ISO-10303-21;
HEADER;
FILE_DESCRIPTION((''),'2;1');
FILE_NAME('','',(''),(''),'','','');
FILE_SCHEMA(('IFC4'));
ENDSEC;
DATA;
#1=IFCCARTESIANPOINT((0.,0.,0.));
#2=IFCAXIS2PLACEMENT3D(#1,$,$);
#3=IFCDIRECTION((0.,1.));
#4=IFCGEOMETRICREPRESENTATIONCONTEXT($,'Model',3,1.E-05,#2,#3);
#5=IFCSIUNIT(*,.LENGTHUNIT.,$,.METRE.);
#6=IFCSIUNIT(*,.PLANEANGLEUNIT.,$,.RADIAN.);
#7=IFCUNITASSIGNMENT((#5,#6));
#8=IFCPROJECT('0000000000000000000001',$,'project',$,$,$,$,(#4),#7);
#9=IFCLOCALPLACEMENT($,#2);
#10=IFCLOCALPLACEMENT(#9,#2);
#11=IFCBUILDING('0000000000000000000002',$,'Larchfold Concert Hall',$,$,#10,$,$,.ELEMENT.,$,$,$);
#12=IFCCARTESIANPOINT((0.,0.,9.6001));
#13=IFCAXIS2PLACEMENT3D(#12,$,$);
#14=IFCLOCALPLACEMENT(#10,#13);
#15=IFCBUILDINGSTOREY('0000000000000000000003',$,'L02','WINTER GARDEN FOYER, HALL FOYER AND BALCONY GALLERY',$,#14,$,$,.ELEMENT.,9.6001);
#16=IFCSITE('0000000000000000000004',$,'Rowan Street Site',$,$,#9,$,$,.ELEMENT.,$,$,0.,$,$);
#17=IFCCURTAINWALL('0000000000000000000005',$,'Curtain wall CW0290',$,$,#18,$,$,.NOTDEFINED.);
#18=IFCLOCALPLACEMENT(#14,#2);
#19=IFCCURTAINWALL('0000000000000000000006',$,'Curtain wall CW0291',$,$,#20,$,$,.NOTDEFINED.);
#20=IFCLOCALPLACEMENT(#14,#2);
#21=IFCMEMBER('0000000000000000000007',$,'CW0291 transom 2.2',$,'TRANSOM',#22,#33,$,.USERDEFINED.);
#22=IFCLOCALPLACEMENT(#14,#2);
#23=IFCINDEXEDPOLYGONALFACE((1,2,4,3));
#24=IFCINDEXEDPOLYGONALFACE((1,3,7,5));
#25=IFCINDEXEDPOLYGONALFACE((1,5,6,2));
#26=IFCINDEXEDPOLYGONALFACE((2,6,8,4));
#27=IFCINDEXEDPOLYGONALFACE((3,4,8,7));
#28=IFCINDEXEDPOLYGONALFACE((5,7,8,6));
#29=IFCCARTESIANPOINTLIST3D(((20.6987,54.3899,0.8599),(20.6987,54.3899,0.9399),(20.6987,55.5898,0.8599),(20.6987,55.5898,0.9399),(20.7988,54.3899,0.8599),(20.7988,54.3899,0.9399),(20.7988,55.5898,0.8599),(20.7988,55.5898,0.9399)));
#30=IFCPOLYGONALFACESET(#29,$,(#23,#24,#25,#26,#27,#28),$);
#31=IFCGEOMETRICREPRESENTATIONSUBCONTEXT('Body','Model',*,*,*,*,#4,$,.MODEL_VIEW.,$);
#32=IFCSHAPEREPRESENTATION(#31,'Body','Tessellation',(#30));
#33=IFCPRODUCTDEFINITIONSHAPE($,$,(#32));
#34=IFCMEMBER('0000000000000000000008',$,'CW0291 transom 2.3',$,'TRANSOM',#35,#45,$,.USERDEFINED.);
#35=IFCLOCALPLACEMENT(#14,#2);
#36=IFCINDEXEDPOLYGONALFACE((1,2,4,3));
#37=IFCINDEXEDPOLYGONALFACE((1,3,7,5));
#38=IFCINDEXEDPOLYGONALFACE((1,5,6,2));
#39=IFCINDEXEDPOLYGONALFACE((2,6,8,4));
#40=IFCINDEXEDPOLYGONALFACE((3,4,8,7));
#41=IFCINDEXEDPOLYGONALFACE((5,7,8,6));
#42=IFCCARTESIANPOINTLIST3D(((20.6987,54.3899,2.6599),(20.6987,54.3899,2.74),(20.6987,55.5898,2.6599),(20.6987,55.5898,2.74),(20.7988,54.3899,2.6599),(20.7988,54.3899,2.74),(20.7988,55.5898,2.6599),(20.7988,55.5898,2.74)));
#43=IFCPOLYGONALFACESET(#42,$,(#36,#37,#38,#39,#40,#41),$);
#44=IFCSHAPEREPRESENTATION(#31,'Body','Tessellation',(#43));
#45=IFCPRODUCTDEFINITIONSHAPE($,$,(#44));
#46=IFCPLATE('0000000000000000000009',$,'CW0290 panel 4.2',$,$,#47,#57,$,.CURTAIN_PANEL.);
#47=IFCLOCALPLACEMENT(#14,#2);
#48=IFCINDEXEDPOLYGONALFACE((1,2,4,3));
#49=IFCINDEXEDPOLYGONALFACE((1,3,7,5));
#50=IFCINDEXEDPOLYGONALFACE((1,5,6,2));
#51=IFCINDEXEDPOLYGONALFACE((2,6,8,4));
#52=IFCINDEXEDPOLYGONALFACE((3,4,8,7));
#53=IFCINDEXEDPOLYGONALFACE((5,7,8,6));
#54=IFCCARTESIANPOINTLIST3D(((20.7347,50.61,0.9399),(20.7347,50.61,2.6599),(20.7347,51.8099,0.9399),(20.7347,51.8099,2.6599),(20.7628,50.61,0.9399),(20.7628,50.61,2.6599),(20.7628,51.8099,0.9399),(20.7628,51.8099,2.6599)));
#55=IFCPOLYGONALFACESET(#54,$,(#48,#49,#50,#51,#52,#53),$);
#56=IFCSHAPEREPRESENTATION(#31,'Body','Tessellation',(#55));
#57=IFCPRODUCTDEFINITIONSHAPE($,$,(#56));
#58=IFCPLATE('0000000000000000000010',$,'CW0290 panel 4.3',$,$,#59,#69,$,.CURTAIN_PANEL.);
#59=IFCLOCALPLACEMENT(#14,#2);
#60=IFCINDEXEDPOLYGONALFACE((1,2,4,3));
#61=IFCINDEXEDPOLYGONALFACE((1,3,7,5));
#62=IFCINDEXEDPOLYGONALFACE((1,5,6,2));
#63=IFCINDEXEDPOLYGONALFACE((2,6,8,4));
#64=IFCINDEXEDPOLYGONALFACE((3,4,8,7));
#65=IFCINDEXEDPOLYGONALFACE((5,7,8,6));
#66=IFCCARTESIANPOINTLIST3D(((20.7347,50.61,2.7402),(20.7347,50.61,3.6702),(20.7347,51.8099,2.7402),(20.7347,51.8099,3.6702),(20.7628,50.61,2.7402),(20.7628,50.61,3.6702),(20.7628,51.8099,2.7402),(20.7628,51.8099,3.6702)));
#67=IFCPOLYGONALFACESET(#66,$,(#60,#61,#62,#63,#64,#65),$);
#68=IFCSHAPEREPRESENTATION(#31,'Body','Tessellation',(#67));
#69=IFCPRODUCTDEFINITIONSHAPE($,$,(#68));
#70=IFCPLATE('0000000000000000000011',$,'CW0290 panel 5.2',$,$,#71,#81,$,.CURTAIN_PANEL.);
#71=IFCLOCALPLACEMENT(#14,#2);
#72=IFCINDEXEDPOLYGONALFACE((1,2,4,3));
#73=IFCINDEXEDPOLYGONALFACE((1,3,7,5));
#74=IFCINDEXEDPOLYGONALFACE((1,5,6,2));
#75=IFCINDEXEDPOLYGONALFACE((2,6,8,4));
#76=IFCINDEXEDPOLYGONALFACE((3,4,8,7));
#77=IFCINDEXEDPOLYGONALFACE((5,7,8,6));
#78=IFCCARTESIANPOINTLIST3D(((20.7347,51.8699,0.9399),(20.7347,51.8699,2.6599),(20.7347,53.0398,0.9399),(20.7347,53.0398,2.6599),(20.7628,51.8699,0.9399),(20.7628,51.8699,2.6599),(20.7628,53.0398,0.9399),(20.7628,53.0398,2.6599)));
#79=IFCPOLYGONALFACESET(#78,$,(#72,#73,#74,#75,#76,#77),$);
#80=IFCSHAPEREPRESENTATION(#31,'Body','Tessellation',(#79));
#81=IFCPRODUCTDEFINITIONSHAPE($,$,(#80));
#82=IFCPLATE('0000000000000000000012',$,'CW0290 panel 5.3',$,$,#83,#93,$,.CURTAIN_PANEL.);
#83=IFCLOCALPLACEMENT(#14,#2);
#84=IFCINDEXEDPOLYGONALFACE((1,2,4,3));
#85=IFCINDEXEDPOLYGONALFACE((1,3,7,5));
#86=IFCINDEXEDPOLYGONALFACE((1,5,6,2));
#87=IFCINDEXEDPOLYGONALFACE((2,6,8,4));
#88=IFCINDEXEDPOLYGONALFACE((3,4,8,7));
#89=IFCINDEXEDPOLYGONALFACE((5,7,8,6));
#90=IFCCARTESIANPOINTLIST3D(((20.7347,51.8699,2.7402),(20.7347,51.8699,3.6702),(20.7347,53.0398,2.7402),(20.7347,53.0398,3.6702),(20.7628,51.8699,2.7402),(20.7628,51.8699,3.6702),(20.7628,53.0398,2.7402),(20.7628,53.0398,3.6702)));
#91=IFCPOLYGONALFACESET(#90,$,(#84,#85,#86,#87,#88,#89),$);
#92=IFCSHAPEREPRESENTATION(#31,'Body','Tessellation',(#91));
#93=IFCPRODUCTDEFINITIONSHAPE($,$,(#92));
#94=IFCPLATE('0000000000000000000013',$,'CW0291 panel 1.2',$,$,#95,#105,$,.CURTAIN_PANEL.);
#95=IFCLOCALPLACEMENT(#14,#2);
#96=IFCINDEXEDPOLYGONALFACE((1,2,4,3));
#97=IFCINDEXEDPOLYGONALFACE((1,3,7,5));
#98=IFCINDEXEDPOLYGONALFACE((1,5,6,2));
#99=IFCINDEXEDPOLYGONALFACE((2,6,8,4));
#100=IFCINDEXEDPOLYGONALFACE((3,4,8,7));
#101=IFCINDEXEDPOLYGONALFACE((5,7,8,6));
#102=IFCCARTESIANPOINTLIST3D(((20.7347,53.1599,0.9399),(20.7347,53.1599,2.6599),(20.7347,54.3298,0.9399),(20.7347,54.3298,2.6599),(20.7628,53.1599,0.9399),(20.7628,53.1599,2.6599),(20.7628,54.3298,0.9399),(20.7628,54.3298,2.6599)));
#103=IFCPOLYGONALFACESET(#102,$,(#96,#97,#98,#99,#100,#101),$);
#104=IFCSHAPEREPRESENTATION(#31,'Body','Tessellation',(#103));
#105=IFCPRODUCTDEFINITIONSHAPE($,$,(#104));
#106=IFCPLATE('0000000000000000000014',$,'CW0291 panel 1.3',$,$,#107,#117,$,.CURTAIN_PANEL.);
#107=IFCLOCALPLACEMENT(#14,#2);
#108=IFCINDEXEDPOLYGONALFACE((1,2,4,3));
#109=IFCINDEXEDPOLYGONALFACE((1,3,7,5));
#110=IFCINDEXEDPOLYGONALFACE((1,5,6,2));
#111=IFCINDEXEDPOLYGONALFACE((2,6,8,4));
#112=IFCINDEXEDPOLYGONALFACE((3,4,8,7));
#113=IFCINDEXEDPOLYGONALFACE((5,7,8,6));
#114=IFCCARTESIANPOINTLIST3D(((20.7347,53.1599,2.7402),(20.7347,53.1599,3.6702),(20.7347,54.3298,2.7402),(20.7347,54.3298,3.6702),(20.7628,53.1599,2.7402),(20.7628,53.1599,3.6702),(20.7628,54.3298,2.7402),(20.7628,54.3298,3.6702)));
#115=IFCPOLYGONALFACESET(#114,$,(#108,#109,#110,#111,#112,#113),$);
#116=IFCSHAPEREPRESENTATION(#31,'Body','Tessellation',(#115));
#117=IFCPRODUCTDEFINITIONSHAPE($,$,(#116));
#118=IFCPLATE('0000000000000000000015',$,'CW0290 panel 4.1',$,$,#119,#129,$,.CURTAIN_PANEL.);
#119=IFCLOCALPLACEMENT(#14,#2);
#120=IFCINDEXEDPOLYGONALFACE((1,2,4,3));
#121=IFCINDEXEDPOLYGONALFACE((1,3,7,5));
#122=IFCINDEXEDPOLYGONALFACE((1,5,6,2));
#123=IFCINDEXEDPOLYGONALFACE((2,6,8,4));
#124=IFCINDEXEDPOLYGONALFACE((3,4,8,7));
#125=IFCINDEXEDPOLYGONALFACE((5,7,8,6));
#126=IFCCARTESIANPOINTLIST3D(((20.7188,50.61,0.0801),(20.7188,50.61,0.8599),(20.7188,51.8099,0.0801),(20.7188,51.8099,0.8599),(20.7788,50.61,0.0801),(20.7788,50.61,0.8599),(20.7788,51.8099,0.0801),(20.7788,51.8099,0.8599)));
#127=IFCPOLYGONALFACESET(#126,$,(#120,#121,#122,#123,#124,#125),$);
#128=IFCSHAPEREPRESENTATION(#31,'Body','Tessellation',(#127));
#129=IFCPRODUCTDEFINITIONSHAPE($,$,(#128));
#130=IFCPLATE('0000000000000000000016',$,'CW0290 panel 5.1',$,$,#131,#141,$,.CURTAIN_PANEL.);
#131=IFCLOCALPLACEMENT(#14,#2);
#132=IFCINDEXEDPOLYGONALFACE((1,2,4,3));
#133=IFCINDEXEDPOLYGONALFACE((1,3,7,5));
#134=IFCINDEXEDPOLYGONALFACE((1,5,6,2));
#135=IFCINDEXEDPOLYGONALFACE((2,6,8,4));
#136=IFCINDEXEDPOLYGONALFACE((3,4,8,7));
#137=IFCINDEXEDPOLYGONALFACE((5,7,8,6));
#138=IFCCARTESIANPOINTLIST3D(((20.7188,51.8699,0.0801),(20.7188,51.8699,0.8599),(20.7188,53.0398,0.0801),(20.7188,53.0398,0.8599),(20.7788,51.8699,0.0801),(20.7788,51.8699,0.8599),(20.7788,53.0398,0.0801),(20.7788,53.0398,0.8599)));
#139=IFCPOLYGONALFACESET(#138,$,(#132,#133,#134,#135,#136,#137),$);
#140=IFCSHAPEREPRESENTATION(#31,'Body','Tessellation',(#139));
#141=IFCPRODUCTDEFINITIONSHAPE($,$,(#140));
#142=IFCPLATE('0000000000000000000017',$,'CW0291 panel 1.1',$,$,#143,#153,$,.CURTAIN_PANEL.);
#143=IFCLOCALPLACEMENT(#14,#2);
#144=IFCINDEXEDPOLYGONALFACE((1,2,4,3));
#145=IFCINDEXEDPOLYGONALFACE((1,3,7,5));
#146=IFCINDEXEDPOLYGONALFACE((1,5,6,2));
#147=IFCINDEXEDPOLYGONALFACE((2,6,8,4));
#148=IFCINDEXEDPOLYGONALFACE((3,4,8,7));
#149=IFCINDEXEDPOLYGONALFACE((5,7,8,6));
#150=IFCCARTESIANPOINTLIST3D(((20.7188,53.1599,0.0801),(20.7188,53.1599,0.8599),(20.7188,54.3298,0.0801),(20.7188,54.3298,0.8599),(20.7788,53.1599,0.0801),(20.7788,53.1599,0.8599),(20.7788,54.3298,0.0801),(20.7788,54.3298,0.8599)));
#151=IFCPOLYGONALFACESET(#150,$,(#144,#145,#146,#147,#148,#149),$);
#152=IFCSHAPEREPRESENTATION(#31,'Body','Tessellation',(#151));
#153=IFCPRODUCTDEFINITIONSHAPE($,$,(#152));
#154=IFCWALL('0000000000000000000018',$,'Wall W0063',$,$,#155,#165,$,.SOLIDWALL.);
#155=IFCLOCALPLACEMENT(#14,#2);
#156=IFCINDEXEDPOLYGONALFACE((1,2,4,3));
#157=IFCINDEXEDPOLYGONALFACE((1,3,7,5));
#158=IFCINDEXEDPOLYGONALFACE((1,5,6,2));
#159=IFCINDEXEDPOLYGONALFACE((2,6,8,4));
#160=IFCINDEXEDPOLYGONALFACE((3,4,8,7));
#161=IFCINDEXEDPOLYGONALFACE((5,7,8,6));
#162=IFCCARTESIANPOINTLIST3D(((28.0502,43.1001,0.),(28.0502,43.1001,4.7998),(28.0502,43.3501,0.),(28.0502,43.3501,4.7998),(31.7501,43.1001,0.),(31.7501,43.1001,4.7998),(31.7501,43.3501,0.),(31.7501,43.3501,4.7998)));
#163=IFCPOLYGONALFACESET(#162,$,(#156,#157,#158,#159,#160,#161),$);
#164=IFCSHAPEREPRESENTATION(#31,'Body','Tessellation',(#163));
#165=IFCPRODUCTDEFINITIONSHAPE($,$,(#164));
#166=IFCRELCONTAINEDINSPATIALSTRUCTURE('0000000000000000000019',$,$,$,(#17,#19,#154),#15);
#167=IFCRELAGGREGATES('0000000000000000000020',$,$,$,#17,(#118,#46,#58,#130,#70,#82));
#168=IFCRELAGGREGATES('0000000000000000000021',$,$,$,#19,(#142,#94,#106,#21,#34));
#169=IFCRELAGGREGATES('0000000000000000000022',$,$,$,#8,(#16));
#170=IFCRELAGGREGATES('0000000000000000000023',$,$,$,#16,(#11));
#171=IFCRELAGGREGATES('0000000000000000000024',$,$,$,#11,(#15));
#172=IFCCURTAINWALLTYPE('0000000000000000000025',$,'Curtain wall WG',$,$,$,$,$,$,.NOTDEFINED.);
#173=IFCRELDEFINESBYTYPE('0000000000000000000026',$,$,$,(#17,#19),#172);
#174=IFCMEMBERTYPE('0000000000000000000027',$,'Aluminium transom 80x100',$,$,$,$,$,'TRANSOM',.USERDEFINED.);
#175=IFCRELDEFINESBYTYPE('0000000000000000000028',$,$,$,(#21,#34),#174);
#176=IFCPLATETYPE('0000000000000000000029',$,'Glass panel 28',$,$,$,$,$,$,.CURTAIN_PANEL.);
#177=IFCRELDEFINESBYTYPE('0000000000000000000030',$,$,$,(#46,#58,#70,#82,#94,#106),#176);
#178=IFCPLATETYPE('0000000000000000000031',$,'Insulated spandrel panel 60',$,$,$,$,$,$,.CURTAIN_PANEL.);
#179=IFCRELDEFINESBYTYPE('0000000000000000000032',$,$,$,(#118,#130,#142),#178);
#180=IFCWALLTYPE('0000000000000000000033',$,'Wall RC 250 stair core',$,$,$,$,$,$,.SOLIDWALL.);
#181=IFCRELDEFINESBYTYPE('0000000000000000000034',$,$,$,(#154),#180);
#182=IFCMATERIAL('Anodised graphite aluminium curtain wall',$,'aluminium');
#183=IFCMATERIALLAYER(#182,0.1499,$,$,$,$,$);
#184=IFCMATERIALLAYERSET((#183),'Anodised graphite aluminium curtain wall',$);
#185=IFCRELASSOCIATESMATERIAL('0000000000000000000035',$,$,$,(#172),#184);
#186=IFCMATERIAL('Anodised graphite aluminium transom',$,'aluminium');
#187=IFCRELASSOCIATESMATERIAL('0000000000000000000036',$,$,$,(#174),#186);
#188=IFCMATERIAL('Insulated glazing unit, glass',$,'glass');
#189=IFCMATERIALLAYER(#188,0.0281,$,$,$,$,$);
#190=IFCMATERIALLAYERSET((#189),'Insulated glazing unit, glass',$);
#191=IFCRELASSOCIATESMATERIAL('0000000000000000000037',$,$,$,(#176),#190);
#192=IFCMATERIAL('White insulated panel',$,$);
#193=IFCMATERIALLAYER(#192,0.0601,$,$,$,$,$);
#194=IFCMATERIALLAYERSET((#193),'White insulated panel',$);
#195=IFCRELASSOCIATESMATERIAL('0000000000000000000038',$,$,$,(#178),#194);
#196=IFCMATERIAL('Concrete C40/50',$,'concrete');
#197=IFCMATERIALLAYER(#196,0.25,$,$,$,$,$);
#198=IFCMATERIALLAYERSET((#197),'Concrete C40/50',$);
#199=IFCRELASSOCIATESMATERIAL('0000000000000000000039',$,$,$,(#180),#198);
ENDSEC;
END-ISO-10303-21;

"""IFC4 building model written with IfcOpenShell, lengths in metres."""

from ifc_helpers import new_model, si_unit, direction, frame, frame_2d, origin, origin_2d, place, context, subcontext, project, spatial, rectangle, extrude, material, layer, layer_set, material_profile, profile_set, type_object, element, aggregate, save


model = new_model("IFC4")

# Units and contexts
model_context = context("Model", 3, precision=1e-05, world=origin(), true_north=direction((0.0, 1.0)))
body_context = subcontext(model_context, "Body", "Model", "MODEL_VIEW")
ifc_project = project(units=[si_unit("LENGTHUNIT", "METRE"), si_unit("PLANEANGLEUNIT", "RADIAN")], contexts=[model_context])

# Site, building, storey
site_placement = place(None, origin())
site = spatial("IfcSite", under=ifc_project, at=site_placement, Name="Rowan Street Site", CompositionType="ELEMENT", RefElevation=0.0)
building_placement = place(site_placement, origin())
building = spatial("IfcBuilding", under=site, at=building_placement, Name="Larchfold Concert Hall", CompositionType="ELEMENT")
storey_placement = place(building_placement, frame((0.0, 0.0, 9.6001)))
storey = spatial("IfcBuildingStorey", under=building, at=storey_placement, Name="L02", Description="WINTER GARDEN FOYER, HALL FOYER AND BALCONY GALLERY", CompositionType="ELEMENT", Elevation=9.6001)

# Curtain walls
ifc_material_1 = material(Name="Anodised graphite aluminium curtain wall", Category="aluminium")
ifc_layer_1 = layer(ifc_material_1, 0.1499)
ifc_layer_set_1 = layer_set([ifc_layer_1], Name="Anodised graphite aluminium curtain wall")
curtain_wall_type = type_object("IfcCurtainWallType", Name="Curtain wall WG", PredefinedType="NOTDEFINED", material=ifc_layer_set_1)
curtain_wall_1_placement = place(storey_placement, origin())
curtain_wall_1 = element("IfcCurtainWall", 1, at=curtain_wall_1_placement, inside=storey, type_object=curtain_wall_type, Name="Curtain wall CW0290", PredefinedType="NOTDEFINED")
curtain_wall_2_placement = place(storey_placement, origin())
curtain_wall_2 = element("IfcCurtainWall", 2, at=curtain_wall_2_placement, inside=storey, type_object=curtain_wall_type, Name="Curtain wall CW0291", PredefinedType="NOTDEFINED")

# Members
ifc_material_2 = material(Name="Anodised graphite aluminium transom", Category="aluminium")
ifc_material_profile_1 = material_profile(ifc_material_2, rectangle(XDim=0.1001, YDim=0.0801, at=origin_2d()))
ifc_profile_set_1 = profile_set([ifc_material_profile_1], Name="Anodised graphite aluminium transom")
member_type_1 = type_object("IfcMemberType", Name="Aluminium transom 80x100", ElementType="TRANSOM", PredefinedType="USERDEFINED", material=ifc_profile_set_1)
member_1_placement = place(storey_placement, frame((20.7488, 54.3899, 0.8999), z_axis=(0.0, 1.0, 0.0), x_axis=(-1.0, 0.0, 0.0)))
member_1 = element("IfcMember", 3, at=member_1_placement, type_object=member_type_1, Name="CW0291 transom 2.2", ObjectType="TRANSOM", PredefinedType="USERDEFINED", context=body_context, shape_type="SweptSolid", body=[
    extrude(rectangle(XDim=0.1001, YDim=0.0801, at=origin_2d()), origin(), (0.0, 0.0, 1.0), 1.2),
])
member_2_placement = place(storey_placement, frame((20.7488, 54.3899, 2.7), z_axis=(0.0, 1.0, 0.0), x_axis=(-1.0, 0.0, 0.0)))
member_2 = element("IfcMember", 4, at=member_2_placement, type_object=member_type_1, Name="CW0291 transom 2.3", ObjectType="TRANSOM", PredefinedType="USERDEFINED", context=body_context, shape_type="SweptSolid", body=[
    extrude(rectangle(XDim=0.1001, YDim=0.0801, at=origin_2d()), origin(), (0.0, 0.0, 1.0), 1.2),
])

# Plates
ifc_material_3 = material(Name="Insulated glazing unit, glass", Category="glass")
ifc_layer_2 = layer(ifc_material_3, 0.0281)
ifc_layer_set_2 = layer_set([ifc_layer_2], Name="Insulated glazing unit, glass")
plate_type_1 = type_object("IfcPlateType", Name="Glass panel 28", PredefinedType="CURTAIN_PANEL", material=ifc_layer_set_2)
plate_1_placement = place(storey_placement, frame((20.7488, 51.21, 0.9399), z_axis=(0.0, 0.0, 1.0), x_axis=(0.0, 1.0, 0.0)))
plate_1 = element("IfcPlate", 5, at=plate_1_placement, type_object=plate_type_1, Name="CW0290 panel 4.2", PredefinedType="CURTAIN_PANEL", context=body_context, shape_type="SweptSolid", body=[
    extrude(rectangle(XDim=1.2, YDim=0.0281, at=origin_2d()), origin(), (0.0, 0.0, 1.0), 1.72),
])
plate_2_placement = place(storey_placement, frame((20.7488, 51.21, 2.7402), z_axis=(0.0, 0.0, 1.0), x_axis=(0.0, 1.0, 0.0)))
plate_2 = element("IfcPlate", 6, at=plate_2_placement, type_object=plate_type_1, Name="CW0290 panel 4.3", PredefinedType="CURTAIN_PANEL", context=body_context, shape_type="SweptSolid", body=[
    extrude(rectangle(XDim=1.2, YDim=0.0281, at=origin_2d()), origin(), (0.0, 0.0, 1.0), 0.9299),
])
plate_3_placement = place(storey_placement, frame((20.7488, 52.4548, 0.9399), z_axis=(0.0, 0.0, 1.0), x_axis=(0.0, 1.0, 0.0)))
plate_3 = element("IfcPlate", 7, at=plate_3_placement, type_object=plate_type_1, Name="CW0290 panel 5.2", PredefinedType="CURTAIN_PANEL", context=body_context, shape_type="SweptSolid", body=[
    extrude(rectangle(XDim=1.1699, YDim=0.0281, at=origin_2d()), origin(), (0.0, 0.0, 1.0), 1.72),
])
plate_4_placement = place(storey_placement, frame((20.7488, 52.4548, 2.7402), z_axis=(0.0, 0.0, 1.0), x_axis=(0.0, 1.0, 0.0)))
plate_4 = element("IfcPlate", 8, at=plate_4_placement, type_object=plate_type_1, Name="CW0290 panel 5.3", PredefinedType="CURTAIN_PANEL", context=body_context, shape_type="SweptSolid", body=[
    extrude(rectangle(XDim=1.1699, YDim=0.0281, at=origin_2d()), origin(), (0.0, 0.0, 1.0), 0.9299),
])
plate_5_placement = place(storey_placement, frame((20.7488, 53.7449, 0.9399), z_axis=(0.0, 0.0, 1.0), x_axis=(0.0, 1.0, 0.0)))
plate_5 = element("IfcPlate", 9, at=plate_5_placement, type_object=plate_type_1, Name="CW0291 panel 1.2", PredefinedType="CURTAIN_PANEL", context=body_context, shape_type="SweptSolid", body=[
    extrude(rectangle(XDim=1.1699, YDim=0.0281, at=origin_2d()), origin(), (0.0, 0.0, 1.0), 1.72),
])
plate_6_placement = place(storey_placement, frame((20.7488, 53.7449, 2.7402), z_axis=(0.0, 0.0, 1.0), x_axis=(0.0, 1.0, 0.0)))
plate_6 = element("IfcPlate", 10, at=plate_6_placement, type_object=plate_type_1, Name="CW0291 panel 1.3", PredefinedType="CURTAIN_PANEL", context=body_context, shape_type="SweptSolid", body=[
    extrude(rectangle(XDim=1.1699, YDim=0.0281, at=origin_2d()), origin(), (0.0, 0.0, 1.0), 0.9299),
])
ifc_material_4 = material(Name="White insulated panel")
ifc_layer_3 = layer(ifc_material_4, 0.0601)
ifc_layer_set_3 = layer_set([ifc_layer_3], Name="White insulated panel")
plate_type_2 = type_object("IfcPlateType", Name="Insulated spandrel panel 60", PredefinedType="CURTAIN_PANEL", material=ifc_layer_set_3)
plate_7_placement = place(storey_placement, frame((20.7488, 51.21, 0.0801), z_axis=(0.0, 0.0, 1.0), x_axis=(0.0, 1.0, 0.0)))
plate_7 = element("IfcPlate", 11, at=plate_7_placement, type_object=plate_type_2, Name="CW0290 panel 4.1", PredefinedType="CURTAIN_PANEL", context=body_context, shape_type="SweptSolid", body=[
    extrude(rectangle(XDim=1.2, YDim=0.0601, at=origin_2d()), origin(), (0.0, 0.0, 1.0), 0.7798),
])
plate_8_placement = place(storey_placement, frame((20.7488, 52.4548, 0.0801), z_axis=(0.0, 0.0, 1.0), x_axis=(0.0, 1.0, 0.0)))
plate_8 = element("IfcPlate", 12, at=plate_8_placement, type_object=plate_type_2, Name="CW0290 panel 5.1", PredefinedType="CURTAIN_PANEL", context=body_context, shape_type="SweptSolid", body=[
    extrude(rectangle(XDim=1.1699, YDim=0.0601, at=origin_2d()), origin(), (0.0, 0.0, 1.0), 0.7798),
])
aggregate(curtain_wall_1, [plate_7, plate_1, plate_2, plate_8, plate_3, plate_4])
plate_9_placement = place(storey_placement, frame((20.7488, 53.7449, 0.0801), z_axis=(0.0, 0.0, 1.0), x_axis=(0.0, 1.0, 0.0)))
plate_9 = element("IfcPlate", 13, at=plate_9_placement, type_object=plate_type_2, Name="CW0291 panel 1.1", PredefinedType="CURTAIN_PANEL", context=body_context, shape_type="SweptSolid", body=[
    extrude(rectangle(XDim=1.1699, YDim=0.0601, at=origin_2d()), origin(), (0.0, 0.0, 1.0), 0.7798),
])
aggregate(curtain_wall_2, [plate_9, plate_5, plate_6, member_1, member_2])

# Wall
ifc_material_5 = material(Name="Concrete C40/50", Category="concrete")
ifc_layer_4 = layer(ifc_material_5, 0.25)
ifc_layer_set_4 = layer_set([ifc_layer_4], Name="Concrete C40/50")
wall_type_1 = type_object("IfcWallType", Name="Wall RC 250 stair core", PredefinedType="SOLIDWALL", material=ifc_layer_set_4)
wall_1_placement = place(storey_placement, frame((28.05, 43.2251, 0.0), z_axis=(0.0, 0.0, 1.0), x_axis=(1.0, 0.0, 0.0)))
element("IfcWall", 14, at=wall_1_placement, inside=storey, type_object=wall_type_1, Name="Wall W0063", PredefinedType="SOLIDWALL", context=body_context, shape_type="SweptSolid", body=[
    extrude(rectangle(XDim=3.7, YDim=0.25, at=frame_2d((1.8501, 0.0))), origin(), (0.0, 0.0, 1.0), 4.7998),
])

save(model, "model.ifc")
